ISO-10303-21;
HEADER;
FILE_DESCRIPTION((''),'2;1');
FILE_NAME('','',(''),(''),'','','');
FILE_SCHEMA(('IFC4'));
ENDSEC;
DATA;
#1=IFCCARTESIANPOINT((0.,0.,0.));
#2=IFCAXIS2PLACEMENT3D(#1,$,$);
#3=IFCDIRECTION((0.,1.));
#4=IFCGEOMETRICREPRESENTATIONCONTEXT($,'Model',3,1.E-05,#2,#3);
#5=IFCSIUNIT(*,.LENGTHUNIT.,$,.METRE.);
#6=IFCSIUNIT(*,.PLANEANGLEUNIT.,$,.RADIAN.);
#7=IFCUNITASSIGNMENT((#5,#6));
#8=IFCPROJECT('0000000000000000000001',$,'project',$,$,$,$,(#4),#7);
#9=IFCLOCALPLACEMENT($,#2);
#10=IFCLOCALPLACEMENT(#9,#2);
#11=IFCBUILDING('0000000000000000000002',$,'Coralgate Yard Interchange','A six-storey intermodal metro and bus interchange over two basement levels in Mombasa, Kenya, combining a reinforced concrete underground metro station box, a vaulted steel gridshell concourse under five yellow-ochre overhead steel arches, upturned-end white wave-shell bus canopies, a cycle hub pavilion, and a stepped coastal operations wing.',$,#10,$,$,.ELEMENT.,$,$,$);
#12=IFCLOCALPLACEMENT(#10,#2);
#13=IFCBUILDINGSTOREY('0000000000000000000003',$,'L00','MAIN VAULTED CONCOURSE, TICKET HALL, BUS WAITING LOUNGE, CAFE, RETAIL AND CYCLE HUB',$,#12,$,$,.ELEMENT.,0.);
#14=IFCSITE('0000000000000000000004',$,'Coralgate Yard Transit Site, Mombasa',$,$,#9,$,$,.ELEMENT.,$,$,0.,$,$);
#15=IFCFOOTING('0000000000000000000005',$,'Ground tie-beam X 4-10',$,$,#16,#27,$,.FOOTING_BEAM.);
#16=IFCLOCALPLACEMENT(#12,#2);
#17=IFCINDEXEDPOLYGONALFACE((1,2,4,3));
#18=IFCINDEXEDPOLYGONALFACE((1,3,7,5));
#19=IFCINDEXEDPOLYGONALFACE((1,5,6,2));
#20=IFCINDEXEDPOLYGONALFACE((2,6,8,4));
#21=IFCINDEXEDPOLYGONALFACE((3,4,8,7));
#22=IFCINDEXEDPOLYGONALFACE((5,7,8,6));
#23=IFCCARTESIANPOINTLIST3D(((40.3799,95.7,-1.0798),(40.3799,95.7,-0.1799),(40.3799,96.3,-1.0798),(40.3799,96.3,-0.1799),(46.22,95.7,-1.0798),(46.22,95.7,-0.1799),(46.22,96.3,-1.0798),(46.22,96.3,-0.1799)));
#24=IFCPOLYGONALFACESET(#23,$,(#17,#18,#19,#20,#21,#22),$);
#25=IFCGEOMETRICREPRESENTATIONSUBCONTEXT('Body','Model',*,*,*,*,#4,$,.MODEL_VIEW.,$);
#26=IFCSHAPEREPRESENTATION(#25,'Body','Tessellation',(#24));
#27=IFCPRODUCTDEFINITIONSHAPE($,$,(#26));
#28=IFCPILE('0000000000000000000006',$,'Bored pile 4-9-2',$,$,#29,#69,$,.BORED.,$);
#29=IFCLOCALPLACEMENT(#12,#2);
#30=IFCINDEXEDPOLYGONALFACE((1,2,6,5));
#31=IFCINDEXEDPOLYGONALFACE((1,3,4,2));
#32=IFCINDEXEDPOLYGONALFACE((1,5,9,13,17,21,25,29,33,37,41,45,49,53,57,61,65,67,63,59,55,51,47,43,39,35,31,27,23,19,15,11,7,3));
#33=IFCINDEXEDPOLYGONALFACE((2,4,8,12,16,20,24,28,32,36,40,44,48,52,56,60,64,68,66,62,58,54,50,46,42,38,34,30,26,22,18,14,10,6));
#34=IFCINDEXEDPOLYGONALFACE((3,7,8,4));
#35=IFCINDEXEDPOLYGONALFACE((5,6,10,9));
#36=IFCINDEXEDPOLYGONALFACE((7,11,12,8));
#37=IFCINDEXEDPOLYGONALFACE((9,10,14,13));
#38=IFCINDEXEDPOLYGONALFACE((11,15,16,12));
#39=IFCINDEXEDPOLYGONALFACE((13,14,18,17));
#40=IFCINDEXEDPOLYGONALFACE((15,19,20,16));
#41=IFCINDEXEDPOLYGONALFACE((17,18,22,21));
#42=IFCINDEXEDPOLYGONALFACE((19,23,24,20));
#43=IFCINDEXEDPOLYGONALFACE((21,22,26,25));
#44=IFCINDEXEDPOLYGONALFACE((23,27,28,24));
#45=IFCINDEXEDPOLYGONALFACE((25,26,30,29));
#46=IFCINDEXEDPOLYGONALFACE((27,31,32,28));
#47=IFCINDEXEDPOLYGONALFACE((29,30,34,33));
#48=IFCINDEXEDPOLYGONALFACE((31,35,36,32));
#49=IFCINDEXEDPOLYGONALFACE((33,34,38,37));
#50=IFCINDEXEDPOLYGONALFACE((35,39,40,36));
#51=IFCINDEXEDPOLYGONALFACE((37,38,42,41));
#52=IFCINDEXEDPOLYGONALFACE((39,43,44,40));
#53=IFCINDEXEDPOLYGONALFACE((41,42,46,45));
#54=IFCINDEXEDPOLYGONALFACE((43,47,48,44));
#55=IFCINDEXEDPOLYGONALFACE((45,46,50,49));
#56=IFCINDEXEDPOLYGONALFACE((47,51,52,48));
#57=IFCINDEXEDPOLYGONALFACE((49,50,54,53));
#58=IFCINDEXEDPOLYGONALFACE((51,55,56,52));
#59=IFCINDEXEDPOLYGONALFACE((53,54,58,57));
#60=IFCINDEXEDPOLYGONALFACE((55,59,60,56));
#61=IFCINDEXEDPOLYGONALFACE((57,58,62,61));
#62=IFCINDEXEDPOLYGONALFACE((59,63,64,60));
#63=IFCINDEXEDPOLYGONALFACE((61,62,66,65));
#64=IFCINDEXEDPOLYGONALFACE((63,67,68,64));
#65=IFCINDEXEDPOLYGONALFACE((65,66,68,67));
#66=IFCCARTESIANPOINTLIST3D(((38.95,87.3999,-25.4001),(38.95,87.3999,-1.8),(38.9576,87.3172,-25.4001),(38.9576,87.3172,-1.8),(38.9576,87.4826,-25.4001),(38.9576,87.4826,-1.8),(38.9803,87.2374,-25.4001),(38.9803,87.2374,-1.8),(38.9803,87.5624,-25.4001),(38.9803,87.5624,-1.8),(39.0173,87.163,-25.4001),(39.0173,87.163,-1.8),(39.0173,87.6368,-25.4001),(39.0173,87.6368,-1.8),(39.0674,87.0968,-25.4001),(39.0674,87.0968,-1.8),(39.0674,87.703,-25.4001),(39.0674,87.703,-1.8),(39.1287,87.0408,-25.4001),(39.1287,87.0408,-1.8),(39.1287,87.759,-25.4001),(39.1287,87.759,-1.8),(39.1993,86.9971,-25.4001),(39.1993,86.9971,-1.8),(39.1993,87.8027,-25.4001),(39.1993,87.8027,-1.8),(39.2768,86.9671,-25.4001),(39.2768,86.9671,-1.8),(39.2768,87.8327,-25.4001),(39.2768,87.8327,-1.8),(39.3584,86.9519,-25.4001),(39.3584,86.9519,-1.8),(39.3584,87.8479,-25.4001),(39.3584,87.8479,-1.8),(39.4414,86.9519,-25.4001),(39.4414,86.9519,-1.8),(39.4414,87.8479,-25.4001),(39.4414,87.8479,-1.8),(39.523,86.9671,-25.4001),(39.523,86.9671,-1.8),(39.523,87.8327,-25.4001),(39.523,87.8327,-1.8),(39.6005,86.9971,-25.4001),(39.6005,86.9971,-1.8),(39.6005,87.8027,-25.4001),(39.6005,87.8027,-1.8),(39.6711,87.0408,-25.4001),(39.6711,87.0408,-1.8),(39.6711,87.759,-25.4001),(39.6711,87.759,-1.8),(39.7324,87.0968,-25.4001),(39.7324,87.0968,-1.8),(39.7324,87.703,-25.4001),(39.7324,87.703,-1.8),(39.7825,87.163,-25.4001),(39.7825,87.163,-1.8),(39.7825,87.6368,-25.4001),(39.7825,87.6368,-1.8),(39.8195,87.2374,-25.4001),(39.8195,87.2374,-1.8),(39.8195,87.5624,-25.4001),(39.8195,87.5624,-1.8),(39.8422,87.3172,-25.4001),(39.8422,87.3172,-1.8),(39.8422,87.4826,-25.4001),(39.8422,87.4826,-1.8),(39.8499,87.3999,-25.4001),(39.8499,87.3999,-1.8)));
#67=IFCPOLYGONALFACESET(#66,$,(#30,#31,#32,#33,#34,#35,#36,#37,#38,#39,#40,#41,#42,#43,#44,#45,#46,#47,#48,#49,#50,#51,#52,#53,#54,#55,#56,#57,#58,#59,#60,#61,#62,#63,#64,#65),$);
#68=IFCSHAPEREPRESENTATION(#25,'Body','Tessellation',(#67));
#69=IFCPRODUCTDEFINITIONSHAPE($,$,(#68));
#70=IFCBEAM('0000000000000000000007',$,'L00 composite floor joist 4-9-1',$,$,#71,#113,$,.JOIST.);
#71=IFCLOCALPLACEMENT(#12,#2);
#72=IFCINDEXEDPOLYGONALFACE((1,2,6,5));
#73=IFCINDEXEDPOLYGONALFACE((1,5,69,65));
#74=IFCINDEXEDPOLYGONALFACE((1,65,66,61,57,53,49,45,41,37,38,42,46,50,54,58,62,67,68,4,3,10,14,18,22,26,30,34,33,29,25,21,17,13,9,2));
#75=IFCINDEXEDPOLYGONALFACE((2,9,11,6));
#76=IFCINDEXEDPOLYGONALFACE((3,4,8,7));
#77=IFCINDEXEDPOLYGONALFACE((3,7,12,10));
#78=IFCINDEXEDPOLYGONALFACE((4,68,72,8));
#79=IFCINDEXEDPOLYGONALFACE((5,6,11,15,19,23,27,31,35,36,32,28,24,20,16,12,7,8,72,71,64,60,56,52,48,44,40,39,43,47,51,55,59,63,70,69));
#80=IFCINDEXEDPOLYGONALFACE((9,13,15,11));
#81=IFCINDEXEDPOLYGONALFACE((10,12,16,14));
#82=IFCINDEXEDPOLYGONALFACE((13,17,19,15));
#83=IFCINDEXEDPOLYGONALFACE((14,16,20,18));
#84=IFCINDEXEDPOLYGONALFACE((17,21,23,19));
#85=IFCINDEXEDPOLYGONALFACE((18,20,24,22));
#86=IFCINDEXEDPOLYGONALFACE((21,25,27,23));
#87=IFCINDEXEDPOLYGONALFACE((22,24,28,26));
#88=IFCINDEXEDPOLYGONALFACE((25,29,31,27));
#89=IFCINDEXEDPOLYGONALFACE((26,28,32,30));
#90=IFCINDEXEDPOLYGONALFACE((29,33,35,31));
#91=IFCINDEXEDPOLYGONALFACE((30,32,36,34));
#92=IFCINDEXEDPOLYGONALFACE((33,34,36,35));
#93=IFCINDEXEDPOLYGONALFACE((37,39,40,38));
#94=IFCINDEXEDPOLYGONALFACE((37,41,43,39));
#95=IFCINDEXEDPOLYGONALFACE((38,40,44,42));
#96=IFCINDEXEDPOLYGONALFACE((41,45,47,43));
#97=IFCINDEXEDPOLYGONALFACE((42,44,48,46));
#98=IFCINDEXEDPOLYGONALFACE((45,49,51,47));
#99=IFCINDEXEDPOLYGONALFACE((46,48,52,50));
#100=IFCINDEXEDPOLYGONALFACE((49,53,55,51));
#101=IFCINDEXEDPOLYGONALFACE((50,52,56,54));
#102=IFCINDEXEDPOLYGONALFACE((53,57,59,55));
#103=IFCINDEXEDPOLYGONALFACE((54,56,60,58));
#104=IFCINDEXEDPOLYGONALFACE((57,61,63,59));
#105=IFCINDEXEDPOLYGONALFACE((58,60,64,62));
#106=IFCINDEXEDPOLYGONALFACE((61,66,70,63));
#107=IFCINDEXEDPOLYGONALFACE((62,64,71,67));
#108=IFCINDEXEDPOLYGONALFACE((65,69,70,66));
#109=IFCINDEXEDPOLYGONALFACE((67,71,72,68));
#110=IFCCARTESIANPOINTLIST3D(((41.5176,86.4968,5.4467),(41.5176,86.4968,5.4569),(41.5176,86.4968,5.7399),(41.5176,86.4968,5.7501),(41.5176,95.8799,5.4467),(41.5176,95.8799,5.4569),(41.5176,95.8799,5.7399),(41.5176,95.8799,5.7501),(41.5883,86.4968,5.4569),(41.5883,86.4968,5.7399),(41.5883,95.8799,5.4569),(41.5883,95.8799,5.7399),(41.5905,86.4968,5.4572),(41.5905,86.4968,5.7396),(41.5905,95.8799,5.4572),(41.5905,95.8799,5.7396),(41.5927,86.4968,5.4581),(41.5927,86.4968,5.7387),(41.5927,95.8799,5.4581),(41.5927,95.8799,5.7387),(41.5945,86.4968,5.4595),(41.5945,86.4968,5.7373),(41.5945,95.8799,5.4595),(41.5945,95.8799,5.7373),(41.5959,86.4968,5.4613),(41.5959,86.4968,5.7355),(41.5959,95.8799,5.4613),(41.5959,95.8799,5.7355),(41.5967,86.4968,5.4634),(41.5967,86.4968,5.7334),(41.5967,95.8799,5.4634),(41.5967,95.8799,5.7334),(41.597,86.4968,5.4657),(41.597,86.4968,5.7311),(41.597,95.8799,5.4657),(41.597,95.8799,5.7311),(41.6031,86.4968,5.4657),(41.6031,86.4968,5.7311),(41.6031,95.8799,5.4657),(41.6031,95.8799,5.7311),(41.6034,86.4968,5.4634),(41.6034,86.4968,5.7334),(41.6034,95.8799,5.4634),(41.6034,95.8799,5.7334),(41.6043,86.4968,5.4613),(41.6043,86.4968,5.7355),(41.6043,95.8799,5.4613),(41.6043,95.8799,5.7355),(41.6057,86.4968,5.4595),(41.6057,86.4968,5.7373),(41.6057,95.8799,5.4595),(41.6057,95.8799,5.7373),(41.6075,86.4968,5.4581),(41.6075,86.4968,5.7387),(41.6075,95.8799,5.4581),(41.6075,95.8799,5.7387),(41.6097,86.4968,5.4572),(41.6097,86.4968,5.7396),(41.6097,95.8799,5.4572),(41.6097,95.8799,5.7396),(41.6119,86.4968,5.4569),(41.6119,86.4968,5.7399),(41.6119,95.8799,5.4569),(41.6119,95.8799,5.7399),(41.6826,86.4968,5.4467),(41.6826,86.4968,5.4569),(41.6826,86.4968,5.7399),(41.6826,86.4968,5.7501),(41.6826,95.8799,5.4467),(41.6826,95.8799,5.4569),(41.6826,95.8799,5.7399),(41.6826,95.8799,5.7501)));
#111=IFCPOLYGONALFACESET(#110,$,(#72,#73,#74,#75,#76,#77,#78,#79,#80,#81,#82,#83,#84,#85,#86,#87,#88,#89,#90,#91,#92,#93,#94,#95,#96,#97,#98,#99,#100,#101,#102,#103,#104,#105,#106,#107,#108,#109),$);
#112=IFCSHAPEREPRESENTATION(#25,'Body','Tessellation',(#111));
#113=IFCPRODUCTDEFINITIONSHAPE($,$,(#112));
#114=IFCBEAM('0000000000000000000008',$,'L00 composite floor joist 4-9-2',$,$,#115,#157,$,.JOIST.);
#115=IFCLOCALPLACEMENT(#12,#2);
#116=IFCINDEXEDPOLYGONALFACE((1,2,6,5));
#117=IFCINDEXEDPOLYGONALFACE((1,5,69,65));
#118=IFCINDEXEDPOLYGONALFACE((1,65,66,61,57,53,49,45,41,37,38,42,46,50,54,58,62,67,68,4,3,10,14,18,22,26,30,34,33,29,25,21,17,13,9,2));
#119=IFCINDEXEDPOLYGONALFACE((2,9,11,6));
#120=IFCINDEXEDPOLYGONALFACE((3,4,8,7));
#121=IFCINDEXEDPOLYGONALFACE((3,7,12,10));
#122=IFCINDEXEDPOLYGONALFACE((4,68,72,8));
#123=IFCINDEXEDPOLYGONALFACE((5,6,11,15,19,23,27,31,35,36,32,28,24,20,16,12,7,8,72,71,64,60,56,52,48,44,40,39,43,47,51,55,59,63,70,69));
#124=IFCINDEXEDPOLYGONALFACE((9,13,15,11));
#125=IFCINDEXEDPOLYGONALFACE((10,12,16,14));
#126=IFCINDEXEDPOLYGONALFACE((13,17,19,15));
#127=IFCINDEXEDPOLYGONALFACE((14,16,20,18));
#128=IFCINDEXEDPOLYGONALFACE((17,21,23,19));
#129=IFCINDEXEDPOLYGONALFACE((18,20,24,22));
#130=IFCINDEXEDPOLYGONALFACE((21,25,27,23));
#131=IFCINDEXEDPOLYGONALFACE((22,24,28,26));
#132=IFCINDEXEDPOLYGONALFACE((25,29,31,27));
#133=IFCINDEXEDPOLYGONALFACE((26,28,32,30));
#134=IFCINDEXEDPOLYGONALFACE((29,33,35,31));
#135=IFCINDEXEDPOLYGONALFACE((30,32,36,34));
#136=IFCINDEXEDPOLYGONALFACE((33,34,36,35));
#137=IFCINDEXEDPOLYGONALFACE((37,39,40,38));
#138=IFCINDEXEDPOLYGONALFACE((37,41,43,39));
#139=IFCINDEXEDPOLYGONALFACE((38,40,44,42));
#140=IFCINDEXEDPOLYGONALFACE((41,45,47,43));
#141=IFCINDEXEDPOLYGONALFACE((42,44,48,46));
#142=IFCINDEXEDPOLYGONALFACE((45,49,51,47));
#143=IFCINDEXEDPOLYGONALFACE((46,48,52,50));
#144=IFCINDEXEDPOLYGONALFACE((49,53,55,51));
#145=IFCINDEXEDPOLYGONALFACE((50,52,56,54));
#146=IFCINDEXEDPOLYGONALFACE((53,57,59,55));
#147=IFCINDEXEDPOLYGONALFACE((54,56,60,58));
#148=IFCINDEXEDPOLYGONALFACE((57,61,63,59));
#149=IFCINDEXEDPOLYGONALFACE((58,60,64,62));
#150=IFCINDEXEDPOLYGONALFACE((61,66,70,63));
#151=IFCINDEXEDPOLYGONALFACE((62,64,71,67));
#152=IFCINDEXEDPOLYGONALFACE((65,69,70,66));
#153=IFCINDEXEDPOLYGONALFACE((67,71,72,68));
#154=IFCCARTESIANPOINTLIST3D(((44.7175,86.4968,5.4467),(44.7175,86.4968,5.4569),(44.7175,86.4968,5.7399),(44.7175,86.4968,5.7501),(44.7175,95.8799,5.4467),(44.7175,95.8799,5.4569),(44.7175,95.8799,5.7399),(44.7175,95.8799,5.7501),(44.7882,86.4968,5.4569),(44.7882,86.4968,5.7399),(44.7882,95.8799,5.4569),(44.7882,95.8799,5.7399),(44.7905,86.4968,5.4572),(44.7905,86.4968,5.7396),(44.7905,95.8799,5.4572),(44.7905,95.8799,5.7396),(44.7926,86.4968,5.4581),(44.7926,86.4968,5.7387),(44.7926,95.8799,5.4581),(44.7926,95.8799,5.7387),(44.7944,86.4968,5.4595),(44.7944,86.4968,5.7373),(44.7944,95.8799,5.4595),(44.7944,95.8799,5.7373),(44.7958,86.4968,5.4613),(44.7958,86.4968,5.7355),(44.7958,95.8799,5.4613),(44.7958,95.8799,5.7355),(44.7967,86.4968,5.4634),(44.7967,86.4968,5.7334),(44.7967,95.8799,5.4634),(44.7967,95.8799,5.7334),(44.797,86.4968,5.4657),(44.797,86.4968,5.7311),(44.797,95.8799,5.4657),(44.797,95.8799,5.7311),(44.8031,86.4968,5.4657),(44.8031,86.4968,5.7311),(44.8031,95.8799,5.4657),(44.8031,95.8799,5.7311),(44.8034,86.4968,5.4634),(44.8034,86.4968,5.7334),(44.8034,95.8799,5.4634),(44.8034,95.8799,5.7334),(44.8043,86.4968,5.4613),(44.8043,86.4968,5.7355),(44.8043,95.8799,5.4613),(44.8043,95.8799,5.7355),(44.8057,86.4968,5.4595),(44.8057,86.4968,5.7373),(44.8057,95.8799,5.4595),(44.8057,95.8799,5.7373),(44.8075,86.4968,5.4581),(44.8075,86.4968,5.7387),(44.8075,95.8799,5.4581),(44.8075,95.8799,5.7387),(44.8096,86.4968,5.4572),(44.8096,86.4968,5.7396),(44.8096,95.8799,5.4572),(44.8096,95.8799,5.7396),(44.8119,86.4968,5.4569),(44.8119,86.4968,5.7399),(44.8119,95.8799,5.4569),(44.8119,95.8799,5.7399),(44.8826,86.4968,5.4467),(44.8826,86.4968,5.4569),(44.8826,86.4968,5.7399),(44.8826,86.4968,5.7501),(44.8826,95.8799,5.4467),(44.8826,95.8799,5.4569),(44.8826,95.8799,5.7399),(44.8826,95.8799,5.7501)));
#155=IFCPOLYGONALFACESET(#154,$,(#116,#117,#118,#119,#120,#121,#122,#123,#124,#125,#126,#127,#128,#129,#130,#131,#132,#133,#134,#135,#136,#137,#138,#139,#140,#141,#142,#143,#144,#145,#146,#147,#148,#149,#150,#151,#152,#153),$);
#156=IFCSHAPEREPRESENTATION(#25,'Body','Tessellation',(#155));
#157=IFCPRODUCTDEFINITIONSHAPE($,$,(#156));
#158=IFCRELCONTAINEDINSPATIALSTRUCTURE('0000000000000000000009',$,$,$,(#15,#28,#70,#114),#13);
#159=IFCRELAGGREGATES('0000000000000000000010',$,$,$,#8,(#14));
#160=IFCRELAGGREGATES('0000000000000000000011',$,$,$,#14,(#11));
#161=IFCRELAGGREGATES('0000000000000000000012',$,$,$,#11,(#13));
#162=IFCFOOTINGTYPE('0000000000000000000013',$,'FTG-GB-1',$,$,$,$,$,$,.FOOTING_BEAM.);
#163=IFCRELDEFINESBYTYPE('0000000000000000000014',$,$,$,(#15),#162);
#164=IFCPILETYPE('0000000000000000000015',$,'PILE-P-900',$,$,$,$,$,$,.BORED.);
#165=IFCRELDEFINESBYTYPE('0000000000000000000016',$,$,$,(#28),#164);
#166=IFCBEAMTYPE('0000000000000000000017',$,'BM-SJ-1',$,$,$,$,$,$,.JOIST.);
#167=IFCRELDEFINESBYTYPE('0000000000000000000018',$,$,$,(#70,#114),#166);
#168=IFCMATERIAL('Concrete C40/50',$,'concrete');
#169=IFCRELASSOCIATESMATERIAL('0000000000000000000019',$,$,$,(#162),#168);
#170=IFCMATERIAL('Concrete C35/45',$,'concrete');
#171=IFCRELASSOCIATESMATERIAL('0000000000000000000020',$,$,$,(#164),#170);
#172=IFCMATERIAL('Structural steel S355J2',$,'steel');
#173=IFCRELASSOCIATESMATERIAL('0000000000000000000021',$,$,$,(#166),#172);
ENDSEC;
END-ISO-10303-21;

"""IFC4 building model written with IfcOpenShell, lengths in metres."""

from ifc_helpers import new_model, si_unit, direction, frame, origin, origin_2d, place, context, subcontext, project, spatial, rectangle, circle, i_section, extrude, material, material_profile, profile_set, type_object, element, save


model = new_model("IFC4")

# Units and contexts
model_context = context("Model", 3, precision=1e-05, world=origin(), true_north=direction((0.0, 1.0)))
body_context = subcontext(model_context, "Body", "Model", "MODEL_VIEW")
ifc_project = project(units=[si_unit("LENGTHUNIT", "METRE"), si_unit("PLANEANGLEUNIT", "RADIAN")], contexts=[model_context])

# Site, building, storey
site_placement = place(None, origin())
site = spatial("IfcSite", under=ifc_project, at=site_placement, Name="Coralgate Yard Transit Site, Mombasa", CompositionType="ELEMENT", RefElevation=0.0)
building_placement = place(site_placement, origin())
building = spatial("IfcBuilding", under=site, at=building_placement, Name="Coralgate Yard Interchange", Description="A six-storey intermodal metro and bus interchange over two basement levels in Mombasa, Kenya, combining a reinforced concrete underground metro station box, a vaulted steel gridshell concourse under five yellow-ochre overhead steel arches, upturned-end white wave-shell bus canopies, a cycle hub pavilion, and a stepped coastal operations wing.", CompositionType="ELEMENT")
storey_placement = place(building_placement, origin())
storey = spatial("IfcBuildingStorey", under=building, at=storey_placement, Name="L00", Description="MAIN VAULTED CONCOURSE, TICKET HALL, BUS WAITING LOUNGE, CAFE, RETAIL AND CYCLE HUB", CompositionType="ELEMENT", Elevation=0.0)

# Footing
ifc_material_1 = material(Name="Concrete C40/50", Category="concrete")
ifc_material_profile_1 = material_profile(ifc_material_1, rectangle(XDim=0.6001, YDim=0.8999, at=origin_2d()), Name="RC 600x900")
ifc_profile_set_1 = profile_set([ifc_material_profile_1], Name="Concrete C40/50")
footing_type = type_object("IfcFootingType", Name="FTG-GB-1", PredefinedType="FOOTING_BEAM", material=ifc_profile_set_1)
footing_placement = place(storey_placement, frame((40.3799, 96.0, -0.6299), z_axis=(1.0, 0.0, 0.0), x_axis=(0.0, 1.0, 0.0)))
element("IfcFooting", 1, at=footing_placement, inside=storey, type_object=footing_type, Name="Ground tie-beam X 4-10", PredefinedType="FOOTING_BEAM", context=body_context, shape_type="SweptSolid", body=[
    extrude(rectangle(XDim=0.6001, YDim=0.8999, at=origin_2d()), origin(), (0.0, 0.0, 1.0), 5.8401),
])

# Pile
ifc_material_2 = material(Name="Concrete C35/45", Category="concrete")
ifc_material_profile_2 = material_profile(ifc_material_2, circle(Radius=0.45, at=origin_2d()), Name="BORED PILE D900")
ifc_profile_set_2 = profile_set([ifc_material_profile_2], Name="Concrete C35/45")
pile_type = type_object("IfcPileType", Name="PILE-P-900", PredefinedType="BORED", material=ifc_profile_set_2)
pile_placement = place(storey_placement, frame((39.3999, 87.3999, -1.8), z_axis=(0.0, 0.0, -1.0), x_axis=(1.0, 0.0, 0.0)))
element("IfcPile", 2, at=pile_placement, inside=storey, type_object=pile_type, Name="Bored pile 4-9-2", PredefinedType="BORED", context=body_context, shape_type="SweptSolid", body=[
    extrude(circle(Radius=0.45, at=origin_2d()), origin(), (0.0, 0.0, 1.0), 23.6001),
])

# Beams
ifc_material_3 = material(Name="Structural steel S355J2", Category="steel")
ifc_material_profile_3 = material_profile(ifc_material_3, i_section(OverallWidth=0.165, OverallDepth=0.3035, WebThickness=0.0061, FlangeThickness=0.0103, FilletRadius=0.0088, at=origin_2d()), Name="UB 305x165x40")
ifc_profile_set_3 = profile_set([ifc_material_profile_3], Name="Structural steel S355J2")
beam_type = type_object("IfcBeamType", Name="BM-SJ-1", PredefinedType="JOIST", material=ifc_profile_set_3)
for number, where, z_axis, x_axis, name in (
    (3, (41.6001, 86.4968, 5.5984), (0.0, 1.0, 0.0), (-1.0, 0.0, 0.0), "L00 composite floor joist 4-9-1"),
    (4, (44.8, 86.4968, 5.5984), (0.0, 1.0, 0.0), (-1.0, 0.0, 0.0), "L00 composite floor joist 4-9-2"),
):
    element("IfcBeam", number, at=place(storey_placement, frame(where, z_axis=z_axis, x_axis=x_axis)), inside=storey, type_object=beam_type, Name=name, PredefinedType="JOIST", context=body_context, shape_type="SweptSolid", body=[
        extrude(i_section(OverallWidth=0.165, OverallDepth=0.3035, WebThickness=0.0061, FlangeThickness=0.0103, FilletRadius=0.0088, at=origin_2d()), origin(), (0.0, 0.0, 1.0), 9.3831),
    ])

save(model, "model.ifc")
